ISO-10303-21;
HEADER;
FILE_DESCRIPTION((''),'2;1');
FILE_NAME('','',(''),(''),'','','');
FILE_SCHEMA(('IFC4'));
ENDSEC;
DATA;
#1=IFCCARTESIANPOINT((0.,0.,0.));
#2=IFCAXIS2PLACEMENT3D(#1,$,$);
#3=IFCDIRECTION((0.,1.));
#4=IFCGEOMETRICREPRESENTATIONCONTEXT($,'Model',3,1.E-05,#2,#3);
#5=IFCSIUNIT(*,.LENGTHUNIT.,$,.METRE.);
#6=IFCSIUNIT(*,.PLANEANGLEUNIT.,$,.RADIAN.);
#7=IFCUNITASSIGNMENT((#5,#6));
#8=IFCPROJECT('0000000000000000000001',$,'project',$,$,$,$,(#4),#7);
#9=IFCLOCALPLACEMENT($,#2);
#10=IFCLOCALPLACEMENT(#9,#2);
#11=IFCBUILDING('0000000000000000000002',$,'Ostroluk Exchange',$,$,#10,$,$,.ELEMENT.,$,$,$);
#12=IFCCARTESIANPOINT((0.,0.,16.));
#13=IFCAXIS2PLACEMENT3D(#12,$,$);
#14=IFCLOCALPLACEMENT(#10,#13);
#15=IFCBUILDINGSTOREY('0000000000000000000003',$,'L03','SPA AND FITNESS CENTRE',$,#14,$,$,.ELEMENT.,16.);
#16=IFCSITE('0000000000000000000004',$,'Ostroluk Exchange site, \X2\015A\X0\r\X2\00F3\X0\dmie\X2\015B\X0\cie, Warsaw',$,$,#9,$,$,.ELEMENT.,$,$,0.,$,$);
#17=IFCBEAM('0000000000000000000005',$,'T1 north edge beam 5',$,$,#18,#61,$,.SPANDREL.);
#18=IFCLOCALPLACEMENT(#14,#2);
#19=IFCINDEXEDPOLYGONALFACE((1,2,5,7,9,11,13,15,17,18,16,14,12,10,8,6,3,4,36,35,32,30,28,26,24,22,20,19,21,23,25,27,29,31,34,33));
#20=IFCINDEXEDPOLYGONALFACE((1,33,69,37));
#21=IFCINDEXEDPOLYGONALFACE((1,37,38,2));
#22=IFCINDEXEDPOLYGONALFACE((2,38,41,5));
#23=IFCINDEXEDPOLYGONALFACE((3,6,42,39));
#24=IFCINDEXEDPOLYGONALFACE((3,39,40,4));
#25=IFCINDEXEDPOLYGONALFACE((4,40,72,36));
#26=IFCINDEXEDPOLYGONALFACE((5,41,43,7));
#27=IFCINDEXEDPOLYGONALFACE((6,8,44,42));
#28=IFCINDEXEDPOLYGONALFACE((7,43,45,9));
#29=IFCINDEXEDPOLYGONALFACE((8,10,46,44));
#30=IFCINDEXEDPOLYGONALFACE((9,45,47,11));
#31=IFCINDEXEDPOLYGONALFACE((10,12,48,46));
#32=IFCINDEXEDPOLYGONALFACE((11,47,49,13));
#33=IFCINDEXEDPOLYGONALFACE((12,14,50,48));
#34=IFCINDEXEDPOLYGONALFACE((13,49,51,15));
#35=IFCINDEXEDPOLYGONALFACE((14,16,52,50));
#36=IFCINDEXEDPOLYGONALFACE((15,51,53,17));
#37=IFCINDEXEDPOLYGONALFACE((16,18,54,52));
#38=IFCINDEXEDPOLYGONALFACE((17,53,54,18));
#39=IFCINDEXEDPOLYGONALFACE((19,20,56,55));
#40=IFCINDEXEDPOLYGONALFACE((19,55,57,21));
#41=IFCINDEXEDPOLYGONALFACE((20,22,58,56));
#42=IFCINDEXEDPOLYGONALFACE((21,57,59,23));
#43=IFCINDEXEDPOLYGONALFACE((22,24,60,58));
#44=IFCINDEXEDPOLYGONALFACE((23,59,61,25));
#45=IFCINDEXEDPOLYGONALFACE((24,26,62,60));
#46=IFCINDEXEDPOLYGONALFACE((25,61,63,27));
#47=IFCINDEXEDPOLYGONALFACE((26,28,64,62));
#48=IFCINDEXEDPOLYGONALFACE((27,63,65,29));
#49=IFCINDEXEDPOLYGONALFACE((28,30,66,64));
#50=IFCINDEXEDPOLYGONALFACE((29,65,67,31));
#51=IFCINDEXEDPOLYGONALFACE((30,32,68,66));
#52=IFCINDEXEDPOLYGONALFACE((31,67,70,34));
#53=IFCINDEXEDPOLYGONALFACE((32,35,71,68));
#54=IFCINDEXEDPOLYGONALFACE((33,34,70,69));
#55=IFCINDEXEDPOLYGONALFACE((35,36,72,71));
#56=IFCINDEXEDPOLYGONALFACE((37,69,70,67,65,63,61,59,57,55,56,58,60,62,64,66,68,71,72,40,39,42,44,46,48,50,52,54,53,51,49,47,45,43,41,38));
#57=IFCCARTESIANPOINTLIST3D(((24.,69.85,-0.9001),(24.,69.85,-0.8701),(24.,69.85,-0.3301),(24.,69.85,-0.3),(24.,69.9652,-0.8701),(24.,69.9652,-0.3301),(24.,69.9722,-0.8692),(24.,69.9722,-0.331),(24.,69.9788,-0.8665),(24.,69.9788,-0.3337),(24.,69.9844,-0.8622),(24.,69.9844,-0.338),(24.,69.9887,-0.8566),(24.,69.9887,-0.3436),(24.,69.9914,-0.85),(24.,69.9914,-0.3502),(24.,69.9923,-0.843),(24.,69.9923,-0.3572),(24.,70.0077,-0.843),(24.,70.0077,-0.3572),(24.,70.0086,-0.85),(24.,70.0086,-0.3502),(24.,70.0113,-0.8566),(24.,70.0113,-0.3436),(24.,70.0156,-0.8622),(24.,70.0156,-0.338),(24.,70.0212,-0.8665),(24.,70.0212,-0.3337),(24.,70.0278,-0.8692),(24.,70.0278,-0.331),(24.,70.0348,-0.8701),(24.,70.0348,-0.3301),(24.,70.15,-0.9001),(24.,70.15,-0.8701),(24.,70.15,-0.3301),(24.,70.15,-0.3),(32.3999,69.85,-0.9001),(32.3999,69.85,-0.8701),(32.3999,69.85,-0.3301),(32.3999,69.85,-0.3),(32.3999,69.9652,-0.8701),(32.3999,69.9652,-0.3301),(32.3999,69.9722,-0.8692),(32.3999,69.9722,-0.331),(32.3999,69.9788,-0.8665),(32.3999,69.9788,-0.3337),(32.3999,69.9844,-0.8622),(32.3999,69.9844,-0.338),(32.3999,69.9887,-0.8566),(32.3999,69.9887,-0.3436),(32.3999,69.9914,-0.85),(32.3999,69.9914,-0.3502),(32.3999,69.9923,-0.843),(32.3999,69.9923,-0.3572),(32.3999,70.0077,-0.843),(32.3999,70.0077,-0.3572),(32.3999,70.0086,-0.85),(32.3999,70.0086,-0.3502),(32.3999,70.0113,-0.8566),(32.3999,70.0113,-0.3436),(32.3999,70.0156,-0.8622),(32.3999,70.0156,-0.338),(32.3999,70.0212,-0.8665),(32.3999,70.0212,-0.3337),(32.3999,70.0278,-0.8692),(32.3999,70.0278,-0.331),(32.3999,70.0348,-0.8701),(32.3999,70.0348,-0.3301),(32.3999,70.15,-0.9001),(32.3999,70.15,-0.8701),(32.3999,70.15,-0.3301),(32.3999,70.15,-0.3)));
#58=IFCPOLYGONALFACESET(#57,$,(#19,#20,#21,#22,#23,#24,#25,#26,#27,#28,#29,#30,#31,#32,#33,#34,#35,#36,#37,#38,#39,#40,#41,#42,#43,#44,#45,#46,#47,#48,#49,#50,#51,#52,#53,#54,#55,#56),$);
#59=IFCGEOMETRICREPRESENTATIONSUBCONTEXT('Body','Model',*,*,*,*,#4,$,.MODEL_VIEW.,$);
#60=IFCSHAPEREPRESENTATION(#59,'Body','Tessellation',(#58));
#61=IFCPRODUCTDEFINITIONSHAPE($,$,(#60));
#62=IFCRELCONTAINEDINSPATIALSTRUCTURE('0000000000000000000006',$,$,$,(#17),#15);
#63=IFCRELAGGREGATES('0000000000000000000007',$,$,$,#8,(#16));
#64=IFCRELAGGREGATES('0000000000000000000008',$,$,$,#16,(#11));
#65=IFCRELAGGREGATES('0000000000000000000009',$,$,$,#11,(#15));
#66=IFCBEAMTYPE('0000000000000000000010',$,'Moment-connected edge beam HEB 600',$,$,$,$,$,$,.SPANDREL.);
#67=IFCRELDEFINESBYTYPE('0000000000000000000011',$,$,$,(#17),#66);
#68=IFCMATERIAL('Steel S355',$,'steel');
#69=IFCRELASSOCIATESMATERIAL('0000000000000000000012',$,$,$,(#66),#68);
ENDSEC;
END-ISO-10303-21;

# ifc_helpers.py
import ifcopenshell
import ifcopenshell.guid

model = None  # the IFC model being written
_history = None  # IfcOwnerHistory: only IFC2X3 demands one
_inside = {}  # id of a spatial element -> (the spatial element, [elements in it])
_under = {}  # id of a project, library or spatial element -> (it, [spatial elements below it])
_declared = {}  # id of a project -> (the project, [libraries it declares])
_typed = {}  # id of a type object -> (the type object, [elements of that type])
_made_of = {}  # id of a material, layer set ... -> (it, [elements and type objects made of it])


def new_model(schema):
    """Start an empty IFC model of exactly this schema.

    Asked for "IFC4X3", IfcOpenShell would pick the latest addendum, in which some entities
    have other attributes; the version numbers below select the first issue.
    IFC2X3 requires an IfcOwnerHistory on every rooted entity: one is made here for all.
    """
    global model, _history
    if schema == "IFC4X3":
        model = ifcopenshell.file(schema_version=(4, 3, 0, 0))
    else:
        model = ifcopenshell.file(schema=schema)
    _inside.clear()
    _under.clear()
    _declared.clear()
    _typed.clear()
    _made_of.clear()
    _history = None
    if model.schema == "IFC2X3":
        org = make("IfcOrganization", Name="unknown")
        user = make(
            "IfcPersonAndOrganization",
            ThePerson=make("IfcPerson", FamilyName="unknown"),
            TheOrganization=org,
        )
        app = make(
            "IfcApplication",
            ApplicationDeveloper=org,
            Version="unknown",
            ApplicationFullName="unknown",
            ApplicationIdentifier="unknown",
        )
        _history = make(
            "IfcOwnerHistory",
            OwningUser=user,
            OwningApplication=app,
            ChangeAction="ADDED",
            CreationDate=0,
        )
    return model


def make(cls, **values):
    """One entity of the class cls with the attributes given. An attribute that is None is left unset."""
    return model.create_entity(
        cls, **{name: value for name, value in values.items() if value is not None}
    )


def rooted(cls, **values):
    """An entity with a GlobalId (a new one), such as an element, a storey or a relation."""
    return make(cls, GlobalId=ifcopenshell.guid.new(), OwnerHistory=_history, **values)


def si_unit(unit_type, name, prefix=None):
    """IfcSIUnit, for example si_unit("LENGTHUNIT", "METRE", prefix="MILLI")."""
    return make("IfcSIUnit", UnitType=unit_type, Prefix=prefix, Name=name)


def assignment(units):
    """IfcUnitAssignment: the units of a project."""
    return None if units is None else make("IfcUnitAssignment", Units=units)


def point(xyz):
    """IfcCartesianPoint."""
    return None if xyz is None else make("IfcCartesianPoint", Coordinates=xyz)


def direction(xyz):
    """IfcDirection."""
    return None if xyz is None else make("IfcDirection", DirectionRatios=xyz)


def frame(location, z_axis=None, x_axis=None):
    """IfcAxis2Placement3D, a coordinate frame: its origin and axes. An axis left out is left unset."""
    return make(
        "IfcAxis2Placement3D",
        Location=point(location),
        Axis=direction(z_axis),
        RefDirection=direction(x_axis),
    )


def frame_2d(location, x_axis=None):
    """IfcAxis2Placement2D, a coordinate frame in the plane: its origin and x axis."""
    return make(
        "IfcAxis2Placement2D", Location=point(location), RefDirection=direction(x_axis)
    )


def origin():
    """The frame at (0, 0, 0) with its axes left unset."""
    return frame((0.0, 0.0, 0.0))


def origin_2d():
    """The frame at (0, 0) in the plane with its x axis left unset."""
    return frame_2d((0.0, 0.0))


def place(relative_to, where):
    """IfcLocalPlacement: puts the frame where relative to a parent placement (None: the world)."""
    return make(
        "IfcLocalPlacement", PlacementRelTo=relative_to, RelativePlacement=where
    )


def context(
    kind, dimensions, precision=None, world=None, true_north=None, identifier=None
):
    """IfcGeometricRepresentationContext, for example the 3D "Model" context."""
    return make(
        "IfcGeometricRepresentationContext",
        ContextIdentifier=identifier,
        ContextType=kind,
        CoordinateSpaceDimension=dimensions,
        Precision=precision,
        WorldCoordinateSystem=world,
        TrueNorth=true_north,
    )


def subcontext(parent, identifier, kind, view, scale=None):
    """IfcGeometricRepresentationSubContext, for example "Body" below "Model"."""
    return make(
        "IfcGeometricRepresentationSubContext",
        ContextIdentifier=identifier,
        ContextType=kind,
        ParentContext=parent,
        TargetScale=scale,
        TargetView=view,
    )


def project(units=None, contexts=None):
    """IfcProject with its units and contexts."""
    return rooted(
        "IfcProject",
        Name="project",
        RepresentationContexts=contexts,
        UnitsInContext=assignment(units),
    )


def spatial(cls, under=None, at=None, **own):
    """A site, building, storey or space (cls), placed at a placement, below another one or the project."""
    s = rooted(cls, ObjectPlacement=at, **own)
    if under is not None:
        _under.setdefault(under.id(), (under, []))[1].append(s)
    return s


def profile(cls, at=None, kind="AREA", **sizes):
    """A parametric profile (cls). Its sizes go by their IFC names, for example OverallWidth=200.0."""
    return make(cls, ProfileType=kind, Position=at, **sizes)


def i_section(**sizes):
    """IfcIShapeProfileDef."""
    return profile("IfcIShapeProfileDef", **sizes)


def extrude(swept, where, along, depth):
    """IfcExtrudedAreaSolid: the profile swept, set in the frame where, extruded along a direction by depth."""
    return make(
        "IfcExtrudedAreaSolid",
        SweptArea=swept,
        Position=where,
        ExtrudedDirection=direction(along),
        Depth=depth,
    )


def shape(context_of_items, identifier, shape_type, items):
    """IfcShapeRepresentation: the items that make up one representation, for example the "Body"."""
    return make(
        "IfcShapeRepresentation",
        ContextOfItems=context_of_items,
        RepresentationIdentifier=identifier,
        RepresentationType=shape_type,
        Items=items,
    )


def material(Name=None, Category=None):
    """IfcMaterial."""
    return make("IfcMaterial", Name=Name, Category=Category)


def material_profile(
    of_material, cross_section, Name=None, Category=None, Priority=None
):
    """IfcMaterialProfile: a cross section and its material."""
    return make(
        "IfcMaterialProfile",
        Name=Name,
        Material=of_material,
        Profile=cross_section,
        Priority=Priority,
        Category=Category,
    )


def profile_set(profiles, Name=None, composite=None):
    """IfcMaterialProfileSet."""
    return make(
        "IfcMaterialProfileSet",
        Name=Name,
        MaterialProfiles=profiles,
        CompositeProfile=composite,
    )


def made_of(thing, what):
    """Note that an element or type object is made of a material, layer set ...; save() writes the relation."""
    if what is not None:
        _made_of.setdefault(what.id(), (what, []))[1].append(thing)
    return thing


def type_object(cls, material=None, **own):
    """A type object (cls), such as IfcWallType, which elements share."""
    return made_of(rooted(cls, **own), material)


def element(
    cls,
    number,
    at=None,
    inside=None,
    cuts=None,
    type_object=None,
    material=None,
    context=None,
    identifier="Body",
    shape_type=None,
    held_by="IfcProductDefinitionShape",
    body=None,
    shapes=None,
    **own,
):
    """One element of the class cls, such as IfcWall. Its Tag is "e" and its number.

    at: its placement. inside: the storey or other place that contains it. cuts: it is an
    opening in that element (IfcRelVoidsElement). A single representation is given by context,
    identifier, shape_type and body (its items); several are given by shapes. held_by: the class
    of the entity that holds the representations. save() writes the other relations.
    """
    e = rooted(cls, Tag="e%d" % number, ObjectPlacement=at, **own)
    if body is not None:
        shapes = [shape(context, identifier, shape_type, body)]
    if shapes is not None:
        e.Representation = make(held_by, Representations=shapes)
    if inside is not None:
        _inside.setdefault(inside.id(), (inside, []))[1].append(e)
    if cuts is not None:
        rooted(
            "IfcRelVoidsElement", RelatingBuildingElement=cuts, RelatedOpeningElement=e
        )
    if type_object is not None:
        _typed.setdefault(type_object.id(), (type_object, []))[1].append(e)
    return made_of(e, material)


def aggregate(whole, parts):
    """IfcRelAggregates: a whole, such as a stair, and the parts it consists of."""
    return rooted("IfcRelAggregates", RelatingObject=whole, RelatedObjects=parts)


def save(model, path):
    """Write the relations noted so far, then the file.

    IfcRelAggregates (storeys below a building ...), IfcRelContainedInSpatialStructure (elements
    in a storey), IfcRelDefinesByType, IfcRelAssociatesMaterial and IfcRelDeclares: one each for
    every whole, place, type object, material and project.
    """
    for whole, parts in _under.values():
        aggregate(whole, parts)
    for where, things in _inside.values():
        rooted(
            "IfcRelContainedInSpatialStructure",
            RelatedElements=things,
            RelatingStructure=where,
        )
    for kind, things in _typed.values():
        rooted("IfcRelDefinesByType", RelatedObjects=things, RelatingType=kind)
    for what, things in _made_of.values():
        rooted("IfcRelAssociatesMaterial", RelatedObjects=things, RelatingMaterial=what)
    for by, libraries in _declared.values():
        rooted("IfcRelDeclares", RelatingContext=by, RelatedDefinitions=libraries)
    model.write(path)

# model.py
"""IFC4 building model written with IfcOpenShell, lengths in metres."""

from ifc_helpers import new_model, si_unit, direction, frame, origin, origin_2d, place, context, subcontext, project, spatial, i_section, extrude, material, material_profile, profile_set, type_object, element, save


model = new_model("IFC4")

# Units and contexts
model_context = context("Model", 3, precision=1e-05, world=origin(), true_north=direction((0.0, 1.0)))
body_context = subcontext(model_context, "Body", "Model", "MODEL_VIEW")
ifc_project = project(units=[si_unit("LENGTHUNIT", "METRE"), si_unit("PLANEANGLEUNIT", "RADIAN")], contexts=[model_context])

# Site, building, storey
site_placement = place(None, origin())
site = spatial("IfcSite", under=ifc_project, at=site_placement, Name="Ostroluk Exchange site, Śródmieście, Warsaw", CompositionType="ELEMENT", RefElevation=0.0)
building_placement = place(site_placement, origin())
building = spatial("IfcBuilding", under=site, at=building_placement, Name="Ostroluk Exchange", CompositionType="ELEMENT")
storey_placement = place(building_placement, frame((0.0, 0.0, 16.0)))
storey = spatial("IfcBuildingStorey", under=building, at=storey_placement, Name="L03", Description="SPA AND FITNESS CENTRE", CompositionType="ELEMENT", Elevation=16.0)

# Beam
ifc_material_1 = material(Name="Steel S355", Category="steel")
ifc_material_profile_1 = material_profile(ifc_material_1, i_section(OverallWidth=0.3, OverallDepth=0.6001, WebThickness=0.0154, FlangeThickness=0.03, FilletRadius=0.0271, at=origin_2d()), Name="HEB 600")
ifc_profile_set_1 = profile_set([ifc_material_profile_1], Name="Steel S355")
beam_type_1 = type_object("IfcBeamType", Name="Moment-connected edge beam HEB 600", PredefinedType="SPANDREL", material=ifc_profile_set_1)
beam_1_placement = place(storey_placement, frame((32.3999, 70.0, -0.6001), z_axis=(-1.0, 0.0, 0.0), x_axis=(0.0, -1.0, 0.0)))
element("IfcBeam", 1, at=beam_1_placement, inside=storey, type_object=beam_type_1, Name="T1 north edge beam 5", PredefinedType="SPANDREL", context=body_context, shape_type="SweptSolid", body=[
    extrude(i_section(OverallWidth=0.3, OverallDepth=0.6001, WebThickness=0.0154, FlangeThickness=0.03, FilletRadius=0.0271, at=origin_2d()), origin(), (0.0, 0.0, 1.0), 8.3999),
])

save(model, "model.ifc")
